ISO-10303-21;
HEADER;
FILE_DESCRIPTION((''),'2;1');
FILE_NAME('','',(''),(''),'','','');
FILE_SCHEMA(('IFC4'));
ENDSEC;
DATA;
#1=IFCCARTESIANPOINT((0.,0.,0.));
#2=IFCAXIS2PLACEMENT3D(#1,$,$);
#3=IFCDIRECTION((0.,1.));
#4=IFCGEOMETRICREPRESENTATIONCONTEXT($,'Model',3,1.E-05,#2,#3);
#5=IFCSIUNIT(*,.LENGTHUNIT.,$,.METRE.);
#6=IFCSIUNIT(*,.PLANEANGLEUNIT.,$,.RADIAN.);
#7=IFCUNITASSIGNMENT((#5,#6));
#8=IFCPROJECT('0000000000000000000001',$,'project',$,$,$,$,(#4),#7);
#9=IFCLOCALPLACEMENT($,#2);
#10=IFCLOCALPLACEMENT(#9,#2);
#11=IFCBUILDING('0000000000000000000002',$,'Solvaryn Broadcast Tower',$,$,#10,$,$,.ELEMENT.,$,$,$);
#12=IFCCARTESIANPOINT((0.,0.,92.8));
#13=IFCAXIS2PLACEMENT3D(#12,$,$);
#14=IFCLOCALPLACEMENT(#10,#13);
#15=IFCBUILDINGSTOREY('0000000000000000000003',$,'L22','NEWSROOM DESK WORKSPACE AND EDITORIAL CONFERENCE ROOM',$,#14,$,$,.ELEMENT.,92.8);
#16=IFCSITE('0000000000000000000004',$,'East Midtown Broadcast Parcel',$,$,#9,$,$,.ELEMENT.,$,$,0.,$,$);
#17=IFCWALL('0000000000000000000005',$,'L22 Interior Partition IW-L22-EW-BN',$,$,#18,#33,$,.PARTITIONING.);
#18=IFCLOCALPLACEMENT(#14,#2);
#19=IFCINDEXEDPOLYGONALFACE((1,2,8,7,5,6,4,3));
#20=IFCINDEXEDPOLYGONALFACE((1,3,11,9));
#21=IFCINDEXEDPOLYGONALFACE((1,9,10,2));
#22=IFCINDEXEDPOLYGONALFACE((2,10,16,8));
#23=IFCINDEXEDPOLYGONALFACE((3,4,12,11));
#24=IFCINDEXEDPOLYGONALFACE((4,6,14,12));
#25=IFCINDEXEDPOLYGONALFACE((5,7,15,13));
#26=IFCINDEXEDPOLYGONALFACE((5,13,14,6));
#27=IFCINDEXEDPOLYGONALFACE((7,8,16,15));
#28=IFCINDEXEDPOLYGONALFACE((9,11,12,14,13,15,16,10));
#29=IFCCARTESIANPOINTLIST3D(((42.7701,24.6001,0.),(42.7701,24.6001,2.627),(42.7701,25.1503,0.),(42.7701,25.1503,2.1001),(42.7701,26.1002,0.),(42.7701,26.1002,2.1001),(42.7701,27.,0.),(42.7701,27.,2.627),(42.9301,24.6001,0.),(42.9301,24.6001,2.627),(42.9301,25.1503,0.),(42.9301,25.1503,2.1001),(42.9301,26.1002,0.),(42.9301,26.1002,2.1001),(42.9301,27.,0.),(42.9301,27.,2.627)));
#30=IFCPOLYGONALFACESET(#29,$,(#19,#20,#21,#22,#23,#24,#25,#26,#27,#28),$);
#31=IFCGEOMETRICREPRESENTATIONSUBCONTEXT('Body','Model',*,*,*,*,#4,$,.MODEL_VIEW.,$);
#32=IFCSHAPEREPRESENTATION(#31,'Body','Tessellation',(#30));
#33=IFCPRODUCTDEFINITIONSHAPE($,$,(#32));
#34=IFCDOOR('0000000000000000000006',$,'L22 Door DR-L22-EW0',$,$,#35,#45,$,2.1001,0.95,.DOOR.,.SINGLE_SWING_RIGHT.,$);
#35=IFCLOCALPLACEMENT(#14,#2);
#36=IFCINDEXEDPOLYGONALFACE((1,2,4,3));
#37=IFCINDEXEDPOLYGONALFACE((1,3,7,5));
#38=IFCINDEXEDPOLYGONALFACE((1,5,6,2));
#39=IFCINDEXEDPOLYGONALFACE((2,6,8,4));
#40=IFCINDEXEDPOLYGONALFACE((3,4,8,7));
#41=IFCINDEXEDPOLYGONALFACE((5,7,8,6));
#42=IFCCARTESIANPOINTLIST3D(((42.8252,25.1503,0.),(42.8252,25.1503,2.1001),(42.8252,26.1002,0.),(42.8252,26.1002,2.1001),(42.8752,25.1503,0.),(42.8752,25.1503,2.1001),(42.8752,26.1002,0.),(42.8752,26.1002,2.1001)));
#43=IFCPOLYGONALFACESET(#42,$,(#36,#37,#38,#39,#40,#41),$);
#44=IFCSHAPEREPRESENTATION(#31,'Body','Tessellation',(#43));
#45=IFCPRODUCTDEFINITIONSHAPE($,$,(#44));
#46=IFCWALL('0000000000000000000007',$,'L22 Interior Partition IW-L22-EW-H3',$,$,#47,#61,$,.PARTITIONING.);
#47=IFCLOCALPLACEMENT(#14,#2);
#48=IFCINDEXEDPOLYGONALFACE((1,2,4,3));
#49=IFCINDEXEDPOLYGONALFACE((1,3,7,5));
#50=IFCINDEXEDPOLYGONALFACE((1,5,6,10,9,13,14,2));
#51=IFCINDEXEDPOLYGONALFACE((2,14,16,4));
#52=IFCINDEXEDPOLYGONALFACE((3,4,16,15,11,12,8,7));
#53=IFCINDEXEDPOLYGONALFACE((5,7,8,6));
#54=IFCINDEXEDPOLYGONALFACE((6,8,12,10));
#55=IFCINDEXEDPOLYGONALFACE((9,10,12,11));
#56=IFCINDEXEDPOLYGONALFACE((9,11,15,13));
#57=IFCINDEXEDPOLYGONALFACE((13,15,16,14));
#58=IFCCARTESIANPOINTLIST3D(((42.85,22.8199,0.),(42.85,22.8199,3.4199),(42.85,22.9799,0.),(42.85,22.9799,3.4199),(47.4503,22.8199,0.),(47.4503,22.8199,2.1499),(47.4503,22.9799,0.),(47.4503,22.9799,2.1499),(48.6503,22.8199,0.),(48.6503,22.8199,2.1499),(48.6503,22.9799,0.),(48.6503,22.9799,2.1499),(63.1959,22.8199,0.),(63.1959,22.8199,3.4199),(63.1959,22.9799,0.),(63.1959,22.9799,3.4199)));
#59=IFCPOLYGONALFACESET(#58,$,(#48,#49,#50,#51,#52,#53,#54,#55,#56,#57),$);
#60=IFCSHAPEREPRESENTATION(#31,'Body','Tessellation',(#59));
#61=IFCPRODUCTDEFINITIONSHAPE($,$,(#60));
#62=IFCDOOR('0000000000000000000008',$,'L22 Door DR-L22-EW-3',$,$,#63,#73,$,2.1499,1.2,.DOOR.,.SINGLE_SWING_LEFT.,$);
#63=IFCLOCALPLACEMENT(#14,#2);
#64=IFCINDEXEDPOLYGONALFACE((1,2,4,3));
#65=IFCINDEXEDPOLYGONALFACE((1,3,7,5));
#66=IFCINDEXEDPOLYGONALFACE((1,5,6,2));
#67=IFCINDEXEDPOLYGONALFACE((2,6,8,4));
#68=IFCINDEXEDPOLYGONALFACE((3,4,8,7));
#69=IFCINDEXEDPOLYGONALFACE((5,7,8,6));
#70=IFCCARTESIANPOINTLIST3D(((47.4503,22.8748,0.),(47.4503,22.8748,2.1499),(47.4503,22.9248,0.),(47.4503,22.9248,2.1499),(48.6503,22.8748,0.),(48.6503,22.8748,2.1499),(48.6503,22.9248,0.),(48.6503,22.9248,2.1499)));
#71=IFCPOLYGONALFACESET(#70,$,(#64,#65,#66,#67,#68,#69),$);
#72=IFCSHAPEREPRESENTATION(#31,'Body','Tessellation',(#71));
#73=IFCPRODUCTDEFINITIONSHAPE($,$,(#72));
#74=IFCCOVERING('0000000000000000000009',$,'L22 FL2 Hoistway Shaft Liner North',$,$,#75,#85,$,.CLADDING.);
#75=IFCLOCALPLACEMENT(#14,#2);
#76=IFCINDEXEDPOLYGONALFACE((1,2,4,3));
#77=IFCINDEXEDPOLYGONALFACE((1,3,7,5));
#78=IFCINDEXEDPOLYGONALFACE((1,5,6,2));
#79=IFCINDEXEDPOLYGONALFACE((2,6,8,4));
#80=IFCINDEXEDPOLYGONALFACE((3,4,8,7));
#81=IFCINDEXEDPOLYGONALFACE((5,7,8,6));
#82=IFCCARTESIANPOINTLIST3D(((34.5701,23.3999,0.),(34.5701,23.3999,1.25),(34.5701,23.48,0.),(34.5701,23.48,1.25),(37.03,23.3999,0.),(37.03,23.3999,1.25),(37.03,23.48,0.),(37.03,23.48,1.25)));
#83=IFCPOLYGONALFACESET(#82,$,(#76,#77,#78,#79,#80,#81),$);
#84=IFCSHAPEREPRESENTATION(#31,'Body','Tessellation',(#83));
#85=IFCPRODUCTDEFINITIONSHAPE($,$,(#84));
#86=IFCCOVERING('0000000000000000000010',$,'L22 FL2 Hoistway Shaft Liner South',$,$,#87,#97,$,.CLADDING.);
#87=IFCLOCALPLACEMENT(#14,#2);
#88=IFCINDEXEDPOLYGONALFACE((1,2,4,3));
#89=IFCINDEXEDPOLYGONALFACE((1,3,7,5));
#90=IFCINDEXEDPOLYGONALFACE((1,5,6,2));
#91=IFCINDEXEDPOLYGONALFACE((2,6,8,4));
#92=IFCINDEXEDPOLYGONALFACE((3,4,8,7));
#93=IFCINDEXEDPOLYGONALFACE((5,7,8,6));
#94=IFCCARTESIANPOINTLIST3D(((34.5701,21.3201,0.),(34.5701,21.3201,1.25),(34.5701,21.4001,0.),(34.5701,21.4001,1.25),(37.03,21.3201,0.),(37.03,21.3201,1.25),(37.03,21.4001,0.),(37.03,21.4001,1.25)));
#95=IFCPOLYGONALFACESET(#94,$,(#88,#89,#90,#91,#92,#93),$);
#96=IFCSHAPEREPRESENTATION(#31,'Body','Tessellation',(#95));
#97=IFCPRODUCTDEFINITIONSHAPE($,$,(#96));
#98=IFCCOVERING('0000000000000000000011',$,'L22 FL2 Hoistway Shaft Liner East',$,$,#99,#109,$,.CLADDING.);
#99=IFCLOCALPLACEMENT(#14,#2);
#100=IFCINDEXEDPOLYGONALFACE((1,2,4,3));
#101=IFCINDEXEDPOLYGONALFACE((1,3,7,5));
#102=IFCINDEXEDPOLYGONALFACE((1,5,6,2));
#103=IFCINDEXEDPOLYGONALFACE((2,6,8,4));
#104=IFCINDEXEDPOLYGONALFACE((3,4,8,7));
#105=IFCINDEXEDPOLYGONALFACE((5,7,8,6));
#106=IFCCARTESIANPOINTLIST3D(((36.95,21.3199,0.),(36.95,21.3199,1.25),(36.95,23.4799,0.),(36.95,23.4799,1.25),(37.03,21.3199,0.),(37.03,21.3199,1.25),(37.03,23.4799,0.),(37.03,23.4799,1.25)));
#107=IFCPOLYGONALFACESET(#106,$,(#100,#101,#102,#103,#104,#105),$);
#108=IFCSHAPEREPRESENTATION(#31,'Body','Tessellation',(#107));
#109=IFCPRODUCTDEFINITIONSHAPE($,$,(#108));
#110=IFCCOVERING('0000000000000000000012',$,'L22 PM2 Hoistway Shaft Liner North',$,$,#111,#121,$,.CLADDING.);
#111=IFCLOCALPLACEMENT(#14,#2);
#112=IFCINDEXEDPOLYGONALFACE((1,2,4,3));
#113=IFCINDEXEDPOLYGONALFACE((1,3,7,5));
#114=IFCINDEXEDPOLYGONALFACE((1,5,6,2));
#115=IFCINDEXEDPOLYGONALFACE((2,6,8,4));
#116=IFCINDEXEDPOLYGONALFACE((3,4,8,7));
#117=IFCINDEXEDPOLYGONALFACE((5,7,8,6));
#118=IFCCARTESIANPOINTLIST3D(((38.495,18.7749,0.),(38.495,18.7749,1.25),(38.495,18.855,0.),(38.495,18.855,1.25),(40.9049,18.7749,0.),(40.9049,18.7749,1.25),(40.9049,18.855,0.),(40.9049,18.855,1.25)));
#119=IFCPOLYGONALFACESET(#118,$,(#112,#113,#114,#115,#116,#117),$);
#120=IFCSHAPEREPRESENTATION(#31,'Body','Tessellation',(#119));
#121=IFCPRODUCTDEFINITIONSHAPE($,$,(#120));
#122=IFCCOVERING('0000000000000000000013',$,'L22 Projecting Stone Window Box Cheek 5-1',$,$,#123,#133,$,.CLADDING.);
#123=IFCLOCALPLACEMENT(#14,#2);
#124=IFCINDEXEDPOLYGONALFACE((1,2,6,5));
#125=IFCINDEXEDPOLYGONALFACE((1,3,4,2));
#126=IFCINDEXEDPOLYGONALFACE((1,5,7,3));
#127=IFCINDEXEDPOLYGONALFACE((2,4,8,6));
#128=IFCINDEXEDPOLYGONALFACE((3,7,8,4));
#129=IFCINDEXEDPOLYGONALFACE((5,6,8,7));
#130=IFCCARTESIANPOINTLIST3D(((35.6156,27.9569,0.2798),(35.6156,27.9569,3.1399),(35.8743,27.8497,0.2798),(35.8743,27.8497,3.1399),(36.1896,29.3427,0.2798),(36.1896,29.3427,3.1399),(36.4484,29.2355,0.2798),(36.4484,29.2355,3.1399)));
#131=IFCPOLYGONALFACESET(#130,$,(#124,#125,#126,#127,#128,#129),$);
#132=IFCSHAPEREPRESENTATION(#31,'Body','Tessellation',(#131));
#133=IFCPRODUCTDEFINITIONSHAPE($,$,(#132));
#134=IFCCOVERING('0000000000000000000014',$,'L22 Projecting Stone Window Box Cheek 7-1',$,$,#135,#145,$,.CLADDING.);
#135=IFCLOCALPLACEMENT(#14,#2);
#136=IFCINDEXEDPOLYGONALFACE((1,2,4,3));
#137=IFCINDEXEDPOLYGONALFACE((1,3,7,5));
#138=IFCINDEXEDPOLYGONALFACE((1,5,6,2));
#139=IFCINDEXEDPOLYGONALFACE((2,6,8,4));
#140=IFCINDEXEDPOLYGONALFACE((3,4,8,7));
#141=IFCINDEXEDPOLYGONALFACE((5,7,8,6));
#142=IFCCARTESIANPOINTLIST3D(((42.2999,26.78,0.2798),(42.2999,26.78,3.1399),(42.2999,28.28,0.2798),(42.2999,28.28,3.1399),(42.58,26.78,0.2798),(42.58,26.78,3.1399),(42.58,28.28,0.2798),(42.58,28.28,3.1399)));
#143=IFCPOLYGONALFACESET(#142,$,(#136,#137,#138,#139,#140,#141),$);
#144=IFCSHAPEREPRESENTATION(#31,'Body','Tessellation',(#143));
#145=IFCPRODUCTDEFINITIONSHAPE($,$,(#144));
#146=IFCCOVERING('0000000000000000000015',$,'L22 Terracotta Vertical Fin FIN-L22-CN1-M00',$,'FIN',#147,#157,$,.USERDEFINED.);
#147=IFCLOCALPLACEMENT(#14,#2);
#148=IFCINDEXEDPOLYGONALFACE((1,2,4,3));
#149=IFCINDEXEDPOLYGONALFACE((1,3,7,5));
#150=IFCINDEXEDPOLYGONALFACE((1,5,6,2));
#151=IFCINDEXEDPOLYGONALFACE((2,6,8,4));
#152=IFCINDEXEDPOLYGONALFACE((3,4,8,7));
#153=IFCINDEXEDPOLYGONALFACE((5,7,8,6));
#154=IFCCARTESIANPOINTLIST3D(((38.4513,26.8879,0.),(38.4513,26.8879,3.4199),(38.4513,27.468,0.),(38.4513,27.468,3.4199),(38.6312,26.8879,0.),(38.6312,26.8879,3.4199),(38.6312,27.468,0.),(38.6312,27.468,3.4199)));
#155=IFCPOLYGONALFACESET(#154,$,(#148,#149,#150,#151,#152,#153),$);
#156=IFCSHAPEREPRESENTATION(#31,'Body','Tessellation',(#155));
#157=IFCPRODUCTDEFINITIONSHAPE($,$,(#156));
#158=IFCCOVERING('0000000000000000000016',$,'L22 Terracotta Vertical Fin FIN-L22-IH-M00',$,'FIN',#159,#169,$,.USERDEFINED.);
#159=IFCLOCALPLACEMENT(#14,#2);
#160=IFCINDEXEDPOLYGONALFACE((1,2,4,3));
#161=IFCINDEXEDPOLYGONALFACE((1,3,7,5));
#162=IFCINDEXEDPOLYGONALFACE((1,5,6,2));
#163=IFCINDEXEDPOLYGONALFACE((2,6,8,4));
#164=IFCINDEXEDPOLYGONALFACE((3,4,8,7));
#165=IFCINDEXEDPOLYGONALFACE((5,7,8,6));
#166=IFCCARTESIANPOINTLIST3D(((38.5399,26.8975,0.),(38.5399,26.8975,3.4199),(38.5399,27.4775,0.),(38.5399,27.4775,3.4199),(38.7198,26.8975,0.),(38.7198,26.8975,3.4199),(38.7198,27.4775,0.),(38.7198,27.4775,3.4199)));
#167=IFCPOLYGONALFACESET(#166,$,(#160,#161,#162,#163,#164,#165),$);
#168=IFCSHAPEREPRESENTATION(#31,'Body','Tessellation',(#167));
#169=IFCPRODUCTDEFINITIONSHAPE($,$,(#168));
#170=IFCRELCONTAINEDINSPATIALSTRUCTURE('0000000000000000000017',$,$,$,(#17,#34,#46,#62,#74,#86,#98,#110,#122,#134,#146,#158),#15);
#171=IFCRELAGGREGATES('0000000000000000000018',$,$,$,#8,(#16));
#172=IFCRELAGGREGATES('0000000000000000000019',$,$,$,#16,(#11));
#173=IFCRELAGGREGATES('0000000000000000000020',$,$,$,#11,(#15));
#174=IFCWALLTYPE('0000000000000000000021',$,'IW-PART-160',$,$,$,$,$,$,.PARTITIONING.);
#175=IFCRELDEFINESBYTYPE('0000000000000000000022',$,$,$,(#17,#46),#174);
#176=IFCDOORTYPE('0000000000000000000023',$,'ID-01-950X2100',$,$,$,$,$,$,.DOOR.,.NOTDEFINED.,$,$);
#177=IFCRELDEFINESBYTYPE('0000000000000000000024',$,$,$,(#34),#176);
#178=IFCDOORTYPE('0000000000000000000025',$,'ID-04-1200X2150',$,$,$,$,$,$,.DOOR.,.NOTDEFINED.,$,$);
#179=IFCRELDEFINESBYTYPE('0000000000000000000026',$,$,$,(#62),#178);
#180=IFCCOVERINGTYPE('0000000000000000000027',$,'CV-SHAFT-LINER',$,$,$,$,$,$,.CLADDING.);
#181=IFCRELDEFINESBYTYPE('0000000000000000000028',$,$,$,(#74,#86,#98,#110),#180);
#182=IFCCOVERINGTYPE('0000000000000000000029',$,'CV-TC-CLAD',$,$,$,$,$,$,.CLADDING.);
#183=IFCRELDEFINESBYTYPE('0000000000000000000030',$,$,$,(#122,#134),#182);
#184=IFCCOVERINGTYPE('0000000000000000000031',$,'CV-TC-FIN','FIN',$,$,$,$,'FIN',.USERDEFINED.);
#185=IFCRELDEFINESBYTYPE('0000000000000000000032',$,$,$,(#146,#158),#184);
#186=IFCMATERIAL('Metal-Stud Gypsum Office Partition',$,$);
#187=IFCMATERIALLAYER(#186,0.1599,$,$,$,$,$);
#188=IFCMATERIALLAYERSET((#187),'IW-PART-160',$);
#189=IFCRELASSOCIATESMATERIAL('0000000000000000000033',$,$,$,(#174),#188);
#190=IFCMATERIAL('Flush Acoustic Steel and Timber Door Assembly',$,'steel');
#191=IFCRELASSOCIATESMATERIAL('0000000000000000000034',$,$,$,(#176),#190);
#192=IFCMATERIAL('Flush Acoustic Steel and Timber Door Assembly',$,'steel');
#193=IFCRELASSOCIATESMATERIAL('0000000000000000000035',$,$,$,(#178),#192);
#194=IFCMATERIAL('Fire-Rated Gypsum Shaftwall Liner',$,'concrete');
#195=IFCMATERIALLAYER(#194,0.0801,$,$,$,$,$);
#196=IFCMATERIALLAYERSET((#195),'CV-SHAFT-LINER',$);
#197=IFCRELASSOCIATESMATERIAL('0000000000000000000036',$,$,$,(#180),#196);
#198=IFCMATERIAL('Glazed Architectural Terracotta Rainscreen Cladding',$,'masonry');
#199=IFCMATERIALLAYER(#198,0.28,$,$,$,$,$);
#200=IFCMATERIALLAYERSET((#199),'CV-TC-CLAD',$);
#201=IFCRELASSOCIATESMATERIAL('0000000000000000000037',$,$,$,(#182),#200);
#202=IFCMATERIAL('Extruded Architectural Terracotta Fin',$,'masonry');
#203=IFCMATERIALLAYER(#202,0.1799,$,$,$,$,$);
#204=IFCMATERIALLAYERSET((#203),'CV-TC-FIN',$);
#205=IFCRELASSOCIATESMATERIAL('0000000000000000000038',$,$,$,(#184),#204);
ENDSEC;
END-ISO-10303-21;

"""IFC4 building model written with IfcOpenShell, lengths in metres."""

from ifc_helpers import new_model, si_unit, direction, frame, frame_2d, origin, origin_2d, place, context, subcontext, project, spatial, rectangle, extrude, material, layer, layer_set, type_object, element, fill, save


model = new_model("IFC4")

# Units and contexts
model_context = context("Model", 3, precision=1e-05, world=origin(), true_north=direction((0.0, 1.0)))
body_context = subcontext(model_context, "Body", "Model", "MODEL_VIEW")
ifc_project = project(units=[si_unit("LENGTHUNIT", "METRE"), si_unit("PLANEANGLEUNIT", "RADIAN")], contexts=[model_context])

# Site, building, storey
site_placement = place(None, origin())
site = spatial("IfcSite", under=ifc_project, at=site_placement, Name="East Midtown Broadcast Parcel", CompositionType="ELEMENT", RefElevation=0.0)
building_placement = place(site_placement, origin())
building = spatial("IfcBuilding", under=site, at=building_placement, Name="Solvaryn Broadcast Tower", CompositionType="ELEMENT")
storey_placement = place(building_placement, frame((0.0, 0.0, 92.8)))
storey = spatial("IfcBuildingStorey", under=building, at=storey_placement, Name="L22", Description="NEWSROOM DESK WORKSPACE AND EDITORIAL CONFERENCE ROOM", CompositionType="ELEMENT", Elevation=92.8)

# Walls, openings, doors
ifc_material_1 = material(Name="Metal-Stud Gypsum Office Partition")
ifc_layer_1 = layer(ifc_material_1, 0.1599)
ifc_layer_set_1 = layer_set([ifc_layer_1], Name="IW-PART-160")
wall_type_1 = type_object("IfcWallType", Name="IW-PART-160", PredefinedType="PARTITIONING", material=ifc_layer_set_1)
wall_1_placement = place(storey_placement, frame((42.8501, 24.6001, 0.0), z_axis=(0.0, 0.0, 1.0), x_axis=(0.0, 1.0, 0.0)))
wall_1 = element("IfcWall", 1, at=wall_1_placement, inside=storey, type_object=wall_type_1, Name="L22 Interior Partition IW-L22-EW-BN", PredefinedType="PARTITIONING", context=body_context, shape_type="SweptSolid", body=[
    extrude(rectangle(XDim=2.3999, YDim=0.1599, at=frame_2d((1.2, 0.0))), origin(), (0.0, 0.0, 1.0), 2.627),
])
opening_1_placement = place(wall_1_placement, frame((0.55, 0.0, 0.0)))
opening_1 = element("IfcOpeningElement", 2, at=opening_1_placement, cuts=wall_1, PredefinedType="OPENING", context=body_context, shape_type="SweptSolid", body=[
    extrude(rectangle(XDim=0.95, YDim=2.1001, at=frame_2d((0.4751, 1.05))), frame((0.0, 0.0901, 0.0), z_axis=(0.0, -1.0, 0.0), x_axis=(1.0, 0.0, 0.0)), (0.0, 0.0, 1.0), 0.1799),
])
ifc_material_2 = material(Name="Flush Acoustic Steel and Timber Door Assembly", Category="steel")
door_type_1 = type_object("IfcDoorType", Name="ID-01-950X2100", OperationType="NOTDEFINED", PredefinedType="DOOR", material=ifc_material_2)
door_1_placement = place(opening_1_placement, origin())
door_1 = element("IfcDoor", 3, at=door_1_placement, inside=storey, type_object=door_type_1, Name="L22 Door DR-L22-EW0", OperationType="SINGLE_SWING_RIGHT", OverallHeight=2.1001, OverallWidth=0.95, PredefinedType="DOOR", context=body_context, shape_type="SweptSolid", body=[
    extrude(rectangle(XDim=0.95, YDim=2.1001, at=frame_2d((0.4751, 1.05))), frame((0.0, 0.0249, 0.0), z_axis=(0.0, -1.0, 0.0), x_axis=(1.0, 0.0, 0.0)), (0.0, 0.0, 1.0), 0.05),
])
fill(opening_1, door_1)
wall_2_placement = place(storey_placement, frame((42.8501, 22.8999, 0.0), z_axis=(0.0, 0.0, 1.0), x_axis=(1.0, 0.0, 0.0)))
wall_2 = element("IfcWall", 4, at=wall_2_placement, inside=storey, type_object=wall_type_1, Name="L22 Interior Partition IW-L22-EW-H3", PredefinedType="PARTITIONING", context=body_context, shape_type="SweptSolid", body=[
    extrude(rectangle(XDim=20.3459, YDim=0.1599, at=frame_2d((10.1729, 0.0))), origin(), (0.0, 0.0, 1.0), 3.4199),
])
opening_2_placement = place(wall_2_placement, frame((4.6001, 0.0, 0.0)))
opening_2 = element("IfcOpeningElement", 5, at=opening_2_placement, cuts=wall_2, PredefinedType="OPENING", context=body_context, shape_type="SweptSolid", body=[
    extrude(rectangle(XDim=1.2, YDim=2.1499, at=frame_2d((0.6001, 1.075))), frame((0.0, 0.0901, 0.0), z_axis=(0.0, -1.0, 0.0), x_axis=(1.0, 0.0, 0.0)), (0.0, 0.0, 1.0), 0.1799),
])
ifc_material_3 = material(Name="Flush Acoustic Steel and Timber Door Assembly", Category="steel")
door_type_2 = type_object("IfcDoorType", Name="ID-04-1200X2150", OperationType="NOTDEFINED", PredefinedType="DOOR", material=ifc_material_3)
door_2_placement = place(opening_2_placement, origin())
door_2 = element("IfcDoor", 6, at=door_2_placement, inside=storey, type_object=door_type_2, Name="L22 Door DR-L22-EW-3", OperationType="SINGLE_SWING_LEFT", OverallHeight=2.1499, OverallWidth=1.2, PredefinedType="DOOR", context=body_context, shape_type="SweptSolid", body=[
    extrude(rectangle(XDim=1.2, YDim=2.1499, at=frame_2d((0.6001, 1.075))), frame((0.0, 0.0249, 0.0), z_axis=(0.0, -1.0, 0.0), x_axis=(1.0, 0.0, 0.0)), (0.0, 0.0, 1.0), 0.05),
])
fill(opening_2, door_2)

# Coverings
ifc_material_4 = material(Name="Fire-Rated Gypsum Shaftwall Liner", Category="concrete")
ifc_layer_2 = layer(ifc_material_4, 0.0801)
ifc_layer_set_2 = layer_set([ifc_layer_2], Name="CV-SHAFT-LINER")
covering_type_1 = type_object("IfcCoveringType", Name="CV-SHAFT-LINER", PredefinedType="CLADDING", material=ifc_layer_set_2)
for number, where, z_axis, x_axis, name in (
    (7, (35.8, 23.4399, 0.0), (0.0, 0.0, 1.0), (1.0, 0.0, 0.0), "L22 FL2 Hoistway Shaft Liner North"),
    (8, (35.8, 21.3601, 0.0), (0.0, 0.0, 1.0), (1.0, 0.0, 0.0), "L22 FL2 Hoistway Shaft Liner South"),
):
    element("IfcCovering", number, at=place(storey_placement, frame(where, z_axis=z_axis, x_axis=x_axis)), inside=storey, type_object=covering_type_1, Name=name, PredefinedType="CLADDING", context=body_context, shape_type="SweptSolid", body=[
        extrude(rectangle(XDim=2.46, YDim=0.0801, at=origin_2d()), origin(), (0.0, 0.0, 1.0), 1.25),
    ])
covering_1_placement = place(storey_placement, frame((36.99, 22.3999, 0.0), z_axis=(0.0, 0.0, 1.0), x_axis=(1.0, 0.0, 0.0)))
element("IfcCovering", 9, at=covering_1_placement, inside=storey, type_object=covering_type_1, Name="L22 FL2 Hoistway Shaft Liner East", PredefinedType="CLADDING", context=body_context, shape_type="SweptSolid", body=[
    extrude(rectangle(XDim=0.0801, YDim=2.1599, at=origin_2d()), origin(), (0.0, 0.0, 1.0), 1.25),
])
covering_2_placement = place(storey_placement, frame((39.7, 18.8149, 0.0), z_axis=(0.0, 0.0, 1.0), x_axis=(1.0, 0.0, 0.0)))
element("IfcCovering", 10, at=covering_2_placement, inside=storey, type_object=covering_type_1, Name="L22 PM2 Hoistway Shaft Liner North", PredefinedType="CLADDING", context=body_context, shape_type="SweptSolid", body=[
    extrude(rectangle(XDim=2.4099, YDim=0.0801, at=origin_2d()), origin(), (0.0, 0.0, 1.0), 1.25),
])
ifc_material_5 = material(Name="Glazed Architectural Terracotta Rainscreen Cladding", Category="masonry")
ifc_layer_3 = layer(ifc_material_5, 0.28)
ifc_layer_set_3 = layer_set([ifc_layer_3], Name="CV-TC-CLAD")
covering_type_2 = type_object("IfcCoveringType", Name="CV-TC-CLAD", PredefinedType="CLADDING", material=ifc_layer_set_3)
for number, where, z_axis, x_axis, name in (
    (11, (36.032, 28.5962, 0.2798), (0.0, 0.0, 1.0), (-0.92388, 0.382683, 0.0), "L22 Projecting Stone Window Box Cheek 5-1"),
    (12, (42.4399, 27.53, 0.2798), (0.0, 0.0, 1.0), (1.0, 0.0, 0.0), "L22 Projecting Stone Window Box Cheek 7-1"),
):
    element("IfcCovering", number, at=place(storey_placement, frame(where, z_axis=z_axis, x_axis=x_axis)), inside=storey, type_object=covering_type_2, Name=name, PredefinedType="CLADDING", context=body_context, shape_type="SweptSolid", body=[
        extrude(rectangle(XDim=0.28, YDim=1.5, at=origin_2d()), origin(), (0.0, 0.0, 1.0), 2.8601),
    ])
ifc_material_6 = material(Name="Extruded Architectural Terracotta Fin", Category="masonry")
ifc_layer_4 = layer(ifc_material_6, 0.1799)
ifc_layer_set_4 = layer_set([ifc_layer_4], Name="CV-TC-FIN")
covering_type_3 = type_object("IfcCoveringType", Name="CV-TC-FIN", Description="FIN", ElementType="FIN", PredefinedType="USERDEFINED", material=ifc_layer_set_4)
for number, where, z_axis, x_axis, name in (
    (13, (38.5413, 27.178, 0.0), (0.0, 0.0, 1.0), (1.0, 0.0, 0.0), "L22 Terracotta Vertical Fin FIN-L22-CN1-M00"),
    (14, (38.6299, 27.1875, 0.0), (0.0, 0.0, 1.0), (1.0, 0.0, 0.0), "L22 Terracotta Vertical Fin FIN-L22-IH-M00"),
):
    element("IfcCovering", number, at=place(storey_placement, frame(where, z_axis=z_axis, x_axis=x_axis)), inside=storey, type_object=covering_type_3, Name=name, ObjectType="FIN", PredefinedType="USERDEFINED", context=body_context, shape_type="SweptSolid", body=[
        extrude(rectangle(XDim=0.1799, YDim=0.5801, at=origin_2d()), origin(), (0.0, 0.0, 1.0), 3.4199),
    ])

save(model, "model.ifc")
